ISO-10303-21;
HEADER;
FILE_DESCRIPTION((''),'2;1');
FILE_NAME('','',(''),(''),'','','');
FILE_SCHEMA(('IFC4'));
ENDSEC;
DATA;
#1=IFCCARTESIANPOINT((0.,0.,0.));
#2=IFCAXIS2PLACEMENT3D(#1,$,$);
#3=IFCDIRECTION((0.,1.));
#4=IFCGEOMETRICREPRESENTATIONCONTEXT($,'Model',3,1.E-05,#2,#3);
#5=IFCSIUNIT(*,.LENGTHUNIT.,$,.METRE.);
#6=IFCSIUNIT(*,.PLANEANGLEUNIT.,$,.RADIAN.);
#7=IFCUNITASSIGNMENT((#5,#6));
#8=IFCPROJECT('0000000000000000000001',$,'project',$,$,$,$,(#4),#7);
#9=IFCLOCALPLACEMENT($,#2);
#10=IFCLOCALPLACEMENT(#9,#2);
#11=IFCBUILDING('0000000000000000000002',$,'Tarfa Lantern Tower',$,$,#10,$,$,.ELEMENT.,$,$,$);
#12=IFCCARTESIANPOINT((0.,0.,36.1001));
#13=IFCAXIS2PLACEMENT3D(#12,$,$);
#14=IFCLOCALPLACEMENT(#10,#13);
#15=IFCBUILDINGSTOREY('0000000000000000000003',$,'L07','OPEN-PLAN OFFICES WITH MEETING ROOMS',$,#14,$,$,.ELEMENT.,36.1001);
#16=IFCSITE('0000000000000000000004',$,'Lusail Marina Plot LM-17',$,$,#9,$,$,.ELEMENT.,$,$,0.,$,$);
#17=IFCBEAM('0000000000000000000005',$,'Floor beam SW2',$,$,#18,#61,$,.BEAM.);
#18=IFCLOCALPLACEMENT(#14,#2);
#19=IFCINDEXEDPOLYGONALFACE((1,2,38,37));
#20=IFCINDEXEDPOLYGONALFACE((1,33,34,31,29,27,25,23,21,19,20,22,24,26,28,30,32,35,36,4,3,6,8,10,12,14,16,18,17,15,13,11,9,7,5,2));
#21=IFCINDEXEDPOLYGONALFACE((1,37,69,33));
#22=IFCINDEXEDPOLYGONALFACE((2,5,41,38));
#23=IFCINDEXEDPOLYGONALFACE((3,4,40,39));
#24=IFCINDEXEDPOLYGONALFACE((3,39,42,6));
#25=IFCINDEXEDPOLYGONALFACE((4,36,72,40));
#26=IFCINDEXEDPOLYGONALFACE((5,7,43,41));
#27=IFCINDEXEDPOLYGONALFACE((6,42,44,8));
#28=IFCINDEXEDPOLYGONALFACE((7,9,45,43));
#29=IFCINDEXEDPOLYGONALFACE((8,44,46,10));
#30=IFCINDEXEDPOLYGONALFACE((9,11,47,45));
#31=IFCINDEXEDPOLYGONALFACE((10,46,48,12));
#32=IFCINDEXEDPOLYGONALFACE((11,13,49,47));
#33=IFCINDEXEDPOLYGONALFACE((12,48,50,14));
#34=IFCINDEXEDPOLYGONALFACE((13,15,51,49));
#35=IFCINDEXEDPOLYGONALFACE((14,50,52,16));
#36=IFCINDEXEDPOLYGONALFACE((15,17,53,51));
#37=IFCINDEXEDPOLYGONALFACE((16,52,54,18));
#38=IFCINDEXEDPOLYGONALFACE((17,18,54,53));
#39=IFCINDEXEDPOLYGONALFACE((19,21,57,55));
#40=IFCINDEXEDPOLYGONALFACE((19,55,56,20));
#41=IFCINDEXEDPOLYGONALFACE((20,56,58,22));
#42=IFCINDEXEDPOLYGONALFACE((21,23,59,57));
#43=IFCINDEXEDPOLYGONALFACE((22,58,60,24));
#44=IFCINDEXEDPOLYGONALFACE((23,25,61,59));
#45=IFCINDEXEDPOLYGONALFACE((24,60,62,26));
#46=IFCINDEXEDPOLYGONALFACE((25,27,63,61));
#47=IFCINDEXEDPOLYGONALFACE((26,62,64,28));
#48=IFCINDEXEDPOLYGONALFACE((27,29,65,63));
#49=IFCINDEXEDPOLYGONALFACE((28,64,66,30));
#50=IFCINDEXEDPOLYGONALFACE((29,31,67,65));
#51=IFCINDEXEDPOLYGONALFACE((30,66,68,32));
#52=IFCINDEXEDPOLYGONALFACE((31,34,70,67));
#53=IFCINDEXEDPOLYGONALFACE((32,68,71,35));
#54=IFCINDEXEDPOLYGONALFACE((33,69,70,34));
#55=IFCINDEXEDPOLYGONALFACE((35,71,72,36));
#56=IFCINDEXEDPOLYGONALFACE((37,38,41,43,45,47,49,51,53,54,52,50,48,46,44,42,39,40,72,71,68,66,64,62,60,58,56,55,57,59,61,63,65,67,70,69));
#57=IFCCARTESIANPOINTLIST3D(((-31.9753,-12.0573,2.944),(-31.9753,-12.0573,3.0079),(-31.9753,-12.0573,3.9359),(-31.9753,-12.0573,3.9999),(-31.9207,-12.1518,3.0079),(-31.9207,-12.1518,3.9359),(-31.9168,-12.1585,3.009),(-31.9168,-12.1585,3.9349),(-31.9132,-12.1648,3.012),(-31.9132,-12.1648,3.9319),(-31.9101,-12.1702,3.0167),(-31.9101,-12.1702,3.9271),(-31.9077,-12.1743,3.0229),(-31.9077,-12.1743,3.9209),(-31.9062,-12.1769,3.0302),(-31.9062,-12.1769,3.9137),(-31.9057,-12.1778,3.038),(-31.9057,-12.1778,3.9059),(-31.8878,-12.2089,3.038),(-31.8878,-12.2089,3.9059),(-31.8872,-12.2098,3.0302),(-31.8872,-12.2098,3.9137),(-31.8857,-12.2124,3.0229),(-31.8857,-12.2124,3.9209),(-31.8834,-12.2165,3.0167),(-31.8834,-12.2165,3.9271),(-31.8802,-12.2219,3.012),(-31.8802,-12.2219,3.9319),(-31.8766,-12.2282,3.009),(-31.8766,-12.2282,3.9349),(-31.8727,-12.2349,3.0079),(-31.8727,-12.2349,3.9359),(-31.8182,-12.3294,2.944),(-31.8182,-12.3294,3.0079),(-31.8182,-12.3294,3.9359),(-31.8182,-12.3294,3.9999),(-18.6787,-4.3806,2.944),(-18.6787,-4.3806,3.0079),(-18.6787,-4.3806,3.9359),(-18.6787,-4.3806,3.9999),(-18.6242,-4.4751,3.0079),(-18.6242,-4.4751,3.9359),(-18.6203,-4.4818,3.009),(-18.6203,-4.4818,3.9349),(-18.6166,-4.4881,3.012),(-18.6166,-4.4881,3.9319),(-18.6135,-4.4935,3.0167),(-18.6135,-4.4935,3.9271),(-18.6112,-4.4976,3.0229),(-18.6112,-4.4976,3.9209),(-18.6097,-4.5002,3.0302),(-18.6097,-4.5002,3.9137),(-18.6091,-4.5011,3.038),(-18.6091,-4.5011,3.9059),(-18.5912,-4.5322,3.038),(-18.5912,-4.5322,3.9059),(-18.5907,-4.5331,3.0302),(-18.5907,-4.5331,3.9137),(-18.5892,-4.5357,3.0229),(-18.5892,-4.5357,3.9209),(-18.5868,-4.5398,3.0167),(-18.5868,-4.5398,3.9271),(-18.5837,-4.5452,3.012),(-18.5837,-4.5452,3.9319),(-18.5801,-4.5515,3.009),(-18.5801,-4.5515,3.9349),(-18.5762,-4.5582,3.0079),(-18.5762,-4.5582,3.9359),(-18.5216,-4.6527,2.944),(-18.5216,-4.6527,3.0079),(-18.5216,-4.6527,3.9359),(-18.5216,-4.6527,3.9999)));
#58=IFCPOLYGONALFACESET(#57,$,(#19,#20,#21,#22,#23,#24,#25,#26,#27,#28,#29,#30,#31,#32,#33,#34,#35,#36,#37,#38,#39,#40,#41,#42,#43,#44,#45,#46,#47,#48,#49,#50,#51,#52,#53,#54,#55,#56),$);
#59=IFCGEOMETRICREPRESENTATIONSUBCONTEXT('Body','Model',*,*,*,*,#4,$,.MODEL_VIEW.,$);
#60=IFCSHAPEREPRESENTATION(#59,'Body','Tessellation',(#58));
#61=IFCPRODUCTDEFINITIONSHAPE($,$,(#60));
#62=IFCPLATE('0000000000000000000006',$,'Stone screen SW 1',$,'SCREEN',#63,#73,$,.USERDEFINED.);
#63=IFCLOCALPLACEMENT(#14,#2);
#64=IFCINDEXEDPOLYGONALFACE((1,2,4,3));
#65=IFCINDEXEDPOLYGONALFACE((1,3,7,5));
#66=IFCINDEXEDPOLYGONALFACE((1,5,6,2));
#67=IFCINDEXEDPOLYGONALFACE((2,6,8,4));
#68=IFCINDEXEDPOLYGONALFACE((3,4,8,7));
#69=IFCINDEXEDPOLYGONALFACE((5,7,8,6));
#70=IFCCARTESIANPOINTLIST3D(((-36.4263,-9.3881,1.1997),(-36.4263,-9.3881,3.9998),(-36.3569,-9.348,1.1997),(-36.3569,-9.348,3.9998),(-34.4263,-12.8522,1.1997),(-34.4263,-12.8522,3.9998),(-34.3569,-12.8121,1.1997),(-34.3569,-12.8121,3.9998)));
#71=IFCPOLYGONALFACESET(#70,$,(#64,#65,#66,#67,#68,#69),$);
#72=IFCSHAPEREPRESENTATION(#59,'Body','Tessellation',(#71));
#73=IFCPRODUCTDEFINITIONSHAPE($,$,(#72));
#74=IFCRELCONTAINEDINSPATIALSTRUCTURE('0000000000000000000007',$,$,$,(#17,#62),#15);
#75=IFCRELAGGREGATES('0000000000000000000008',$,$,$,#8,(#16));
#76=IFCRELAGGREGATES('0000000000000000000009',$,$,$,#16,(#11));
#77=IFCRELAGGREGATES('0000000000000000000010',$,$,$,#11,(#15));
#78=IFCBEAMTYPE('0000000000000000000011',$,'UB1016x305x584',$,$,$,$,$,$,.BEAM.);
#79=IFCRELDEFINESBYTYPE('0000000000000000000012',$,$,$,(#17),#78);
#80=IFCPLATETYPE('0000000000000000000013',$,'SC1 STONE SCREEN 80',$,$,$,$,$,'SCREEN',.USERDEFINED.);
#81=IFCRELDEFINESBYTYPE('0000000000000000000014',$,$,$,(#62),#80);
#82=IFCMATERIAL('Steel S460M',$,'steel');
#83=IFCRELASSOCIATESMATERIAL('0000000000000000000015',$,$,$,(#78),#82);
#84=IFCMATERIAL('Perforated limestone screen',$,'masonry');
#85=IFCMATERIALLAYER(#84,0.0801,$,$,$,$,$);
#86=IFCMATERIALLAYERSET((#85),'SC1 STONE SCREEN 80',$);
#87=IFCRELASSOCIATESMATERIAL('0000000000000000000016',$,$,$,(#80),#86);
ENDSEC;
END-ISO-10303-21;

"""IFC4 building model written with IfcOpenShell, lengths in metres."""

from ifc_helpers import new_model, si_unit, direction, frame, origin, origin_2d, place, context, subcontext, project, spatial, rectangle, i_section, extrude, material, layer, layer_set, material_profile, profile_set, type_object, element, save


model = new_model("IFC4")

# Units and contexts
model_context = context("Model", 3, precision=1e-05, world=origin(), true_north=direction((0.0, 1.0)))
body_context = subcontext(model_context, "Body", "Model", "MODEL_VIEW")
ifc_project = project(units=[si_unit("LENGTHUNIT", "METRE"), si_unit("PLANEANGLEUNIT", "RADIAN")], contexts=[model_context])

# Site, building, storey
site_placement = place(None, origin())
site = spatial("IfcSite", under=ifc_project, at=site_placement, Name="Lusail Marina Plot LM-17", CompositionType="ELEMENT", RefElevation=0.0)
building_placement = place(site_placement, origin())
building = spatial("IfcBuilding", under=site, at=building_placement, Name="Tarfa Lantern Tower", CompositionType="ELEMENT")
storey_placement = place(building_placement, frame((0.0, 0.0, 36.1001)))
storey = spatial("IfcBuildingStorey", under=building, at=storey_placement, Name="L07", Description="OPEN-PLAN OFFICES WITH MEETING ROOMS", CompositionType="ELEMENT", Elevation=36.1001)

# Beam
ifc_material_1 = material(Name="Steel S460M", Category="steel")
ifc_material_profile_1 = material_profile(ifc_material_1, i_section(OverallWidth=0.3142, OverallDepth=1.0559, WebThickness=0.0359, FlangeThickness=0.064, FilletRadius=0.03, at=origin_2d()), Name="UB1016x305x584")
ifc_profile_set_1 = profile_set([ifc_material_profile_1], Name="Steel S460M")
beam_type_1 = type_object("IfcBeamType", Name="UB1016x305x584", PredefinedType="BEAM", material=ifc_profile_set_1)
beam_1_placement = place(storey_placement, frame((-31.8967, -12.1934, 3.4719), z_axis=(0.866027, 0.499997, 0.0), x_axis=(-0.499997, 0.866027, 0.0)))
element("IfcBeam", 1, at=beam_1_placement, inside=storey, type_object=beam_type_1, Name="Floor beam SW2", PredefinedType="BEAM", context=body_context, shape_type="SweptSolid", body=[
    extrude(i_section(OverallWidth=0.3142, OverallDepth=1.0559, WebThickness=0.0359, FlangeThickness=0.064, FilletRadius=0.03, at=origin_2d()), origin(), (0.0, 0.0, 1.0), 15.3535),
])

# Plate
ifc_material_2 = material(Name="Perforated limestone screen", Category="masonry")
ifc_layer_1 = layer(ifc_material_2, 0.0801)
ifc_layer_set_1 = layer_set([ifc_layer_1], Name="SC1 STONE SCREEN 80")
plate_type = type_object("IfcPlateType", Name="SC1 STONE SCREEN 80", ElementType="SCREEN", PredefinedType="USERDEFINED", material=ifc_layer_set_1)
plate_placement = place(storey_placement, frame((-35.3916, -11.1001, 1.1997), z_axis=(0.0, 0.0, 1.0), x_axis=(0.5, -0.866025, 0.0)))
element("IfcPlate", 2, at=plate_placement, inside=storey, type_object=plate_type, Name="Stone screen SW 1", ObjectType="SCREEN", PredefinedType="USERDEFINED", context=body_context, shape_type="SweptSolid", body=[
    extrude(rectangle(XDim=4.0, YDim=0.0801, at=origin_2d()), origin(), (0.0, 0.0, 1.0), 2.8),
])

save(model, "model.ifc")
